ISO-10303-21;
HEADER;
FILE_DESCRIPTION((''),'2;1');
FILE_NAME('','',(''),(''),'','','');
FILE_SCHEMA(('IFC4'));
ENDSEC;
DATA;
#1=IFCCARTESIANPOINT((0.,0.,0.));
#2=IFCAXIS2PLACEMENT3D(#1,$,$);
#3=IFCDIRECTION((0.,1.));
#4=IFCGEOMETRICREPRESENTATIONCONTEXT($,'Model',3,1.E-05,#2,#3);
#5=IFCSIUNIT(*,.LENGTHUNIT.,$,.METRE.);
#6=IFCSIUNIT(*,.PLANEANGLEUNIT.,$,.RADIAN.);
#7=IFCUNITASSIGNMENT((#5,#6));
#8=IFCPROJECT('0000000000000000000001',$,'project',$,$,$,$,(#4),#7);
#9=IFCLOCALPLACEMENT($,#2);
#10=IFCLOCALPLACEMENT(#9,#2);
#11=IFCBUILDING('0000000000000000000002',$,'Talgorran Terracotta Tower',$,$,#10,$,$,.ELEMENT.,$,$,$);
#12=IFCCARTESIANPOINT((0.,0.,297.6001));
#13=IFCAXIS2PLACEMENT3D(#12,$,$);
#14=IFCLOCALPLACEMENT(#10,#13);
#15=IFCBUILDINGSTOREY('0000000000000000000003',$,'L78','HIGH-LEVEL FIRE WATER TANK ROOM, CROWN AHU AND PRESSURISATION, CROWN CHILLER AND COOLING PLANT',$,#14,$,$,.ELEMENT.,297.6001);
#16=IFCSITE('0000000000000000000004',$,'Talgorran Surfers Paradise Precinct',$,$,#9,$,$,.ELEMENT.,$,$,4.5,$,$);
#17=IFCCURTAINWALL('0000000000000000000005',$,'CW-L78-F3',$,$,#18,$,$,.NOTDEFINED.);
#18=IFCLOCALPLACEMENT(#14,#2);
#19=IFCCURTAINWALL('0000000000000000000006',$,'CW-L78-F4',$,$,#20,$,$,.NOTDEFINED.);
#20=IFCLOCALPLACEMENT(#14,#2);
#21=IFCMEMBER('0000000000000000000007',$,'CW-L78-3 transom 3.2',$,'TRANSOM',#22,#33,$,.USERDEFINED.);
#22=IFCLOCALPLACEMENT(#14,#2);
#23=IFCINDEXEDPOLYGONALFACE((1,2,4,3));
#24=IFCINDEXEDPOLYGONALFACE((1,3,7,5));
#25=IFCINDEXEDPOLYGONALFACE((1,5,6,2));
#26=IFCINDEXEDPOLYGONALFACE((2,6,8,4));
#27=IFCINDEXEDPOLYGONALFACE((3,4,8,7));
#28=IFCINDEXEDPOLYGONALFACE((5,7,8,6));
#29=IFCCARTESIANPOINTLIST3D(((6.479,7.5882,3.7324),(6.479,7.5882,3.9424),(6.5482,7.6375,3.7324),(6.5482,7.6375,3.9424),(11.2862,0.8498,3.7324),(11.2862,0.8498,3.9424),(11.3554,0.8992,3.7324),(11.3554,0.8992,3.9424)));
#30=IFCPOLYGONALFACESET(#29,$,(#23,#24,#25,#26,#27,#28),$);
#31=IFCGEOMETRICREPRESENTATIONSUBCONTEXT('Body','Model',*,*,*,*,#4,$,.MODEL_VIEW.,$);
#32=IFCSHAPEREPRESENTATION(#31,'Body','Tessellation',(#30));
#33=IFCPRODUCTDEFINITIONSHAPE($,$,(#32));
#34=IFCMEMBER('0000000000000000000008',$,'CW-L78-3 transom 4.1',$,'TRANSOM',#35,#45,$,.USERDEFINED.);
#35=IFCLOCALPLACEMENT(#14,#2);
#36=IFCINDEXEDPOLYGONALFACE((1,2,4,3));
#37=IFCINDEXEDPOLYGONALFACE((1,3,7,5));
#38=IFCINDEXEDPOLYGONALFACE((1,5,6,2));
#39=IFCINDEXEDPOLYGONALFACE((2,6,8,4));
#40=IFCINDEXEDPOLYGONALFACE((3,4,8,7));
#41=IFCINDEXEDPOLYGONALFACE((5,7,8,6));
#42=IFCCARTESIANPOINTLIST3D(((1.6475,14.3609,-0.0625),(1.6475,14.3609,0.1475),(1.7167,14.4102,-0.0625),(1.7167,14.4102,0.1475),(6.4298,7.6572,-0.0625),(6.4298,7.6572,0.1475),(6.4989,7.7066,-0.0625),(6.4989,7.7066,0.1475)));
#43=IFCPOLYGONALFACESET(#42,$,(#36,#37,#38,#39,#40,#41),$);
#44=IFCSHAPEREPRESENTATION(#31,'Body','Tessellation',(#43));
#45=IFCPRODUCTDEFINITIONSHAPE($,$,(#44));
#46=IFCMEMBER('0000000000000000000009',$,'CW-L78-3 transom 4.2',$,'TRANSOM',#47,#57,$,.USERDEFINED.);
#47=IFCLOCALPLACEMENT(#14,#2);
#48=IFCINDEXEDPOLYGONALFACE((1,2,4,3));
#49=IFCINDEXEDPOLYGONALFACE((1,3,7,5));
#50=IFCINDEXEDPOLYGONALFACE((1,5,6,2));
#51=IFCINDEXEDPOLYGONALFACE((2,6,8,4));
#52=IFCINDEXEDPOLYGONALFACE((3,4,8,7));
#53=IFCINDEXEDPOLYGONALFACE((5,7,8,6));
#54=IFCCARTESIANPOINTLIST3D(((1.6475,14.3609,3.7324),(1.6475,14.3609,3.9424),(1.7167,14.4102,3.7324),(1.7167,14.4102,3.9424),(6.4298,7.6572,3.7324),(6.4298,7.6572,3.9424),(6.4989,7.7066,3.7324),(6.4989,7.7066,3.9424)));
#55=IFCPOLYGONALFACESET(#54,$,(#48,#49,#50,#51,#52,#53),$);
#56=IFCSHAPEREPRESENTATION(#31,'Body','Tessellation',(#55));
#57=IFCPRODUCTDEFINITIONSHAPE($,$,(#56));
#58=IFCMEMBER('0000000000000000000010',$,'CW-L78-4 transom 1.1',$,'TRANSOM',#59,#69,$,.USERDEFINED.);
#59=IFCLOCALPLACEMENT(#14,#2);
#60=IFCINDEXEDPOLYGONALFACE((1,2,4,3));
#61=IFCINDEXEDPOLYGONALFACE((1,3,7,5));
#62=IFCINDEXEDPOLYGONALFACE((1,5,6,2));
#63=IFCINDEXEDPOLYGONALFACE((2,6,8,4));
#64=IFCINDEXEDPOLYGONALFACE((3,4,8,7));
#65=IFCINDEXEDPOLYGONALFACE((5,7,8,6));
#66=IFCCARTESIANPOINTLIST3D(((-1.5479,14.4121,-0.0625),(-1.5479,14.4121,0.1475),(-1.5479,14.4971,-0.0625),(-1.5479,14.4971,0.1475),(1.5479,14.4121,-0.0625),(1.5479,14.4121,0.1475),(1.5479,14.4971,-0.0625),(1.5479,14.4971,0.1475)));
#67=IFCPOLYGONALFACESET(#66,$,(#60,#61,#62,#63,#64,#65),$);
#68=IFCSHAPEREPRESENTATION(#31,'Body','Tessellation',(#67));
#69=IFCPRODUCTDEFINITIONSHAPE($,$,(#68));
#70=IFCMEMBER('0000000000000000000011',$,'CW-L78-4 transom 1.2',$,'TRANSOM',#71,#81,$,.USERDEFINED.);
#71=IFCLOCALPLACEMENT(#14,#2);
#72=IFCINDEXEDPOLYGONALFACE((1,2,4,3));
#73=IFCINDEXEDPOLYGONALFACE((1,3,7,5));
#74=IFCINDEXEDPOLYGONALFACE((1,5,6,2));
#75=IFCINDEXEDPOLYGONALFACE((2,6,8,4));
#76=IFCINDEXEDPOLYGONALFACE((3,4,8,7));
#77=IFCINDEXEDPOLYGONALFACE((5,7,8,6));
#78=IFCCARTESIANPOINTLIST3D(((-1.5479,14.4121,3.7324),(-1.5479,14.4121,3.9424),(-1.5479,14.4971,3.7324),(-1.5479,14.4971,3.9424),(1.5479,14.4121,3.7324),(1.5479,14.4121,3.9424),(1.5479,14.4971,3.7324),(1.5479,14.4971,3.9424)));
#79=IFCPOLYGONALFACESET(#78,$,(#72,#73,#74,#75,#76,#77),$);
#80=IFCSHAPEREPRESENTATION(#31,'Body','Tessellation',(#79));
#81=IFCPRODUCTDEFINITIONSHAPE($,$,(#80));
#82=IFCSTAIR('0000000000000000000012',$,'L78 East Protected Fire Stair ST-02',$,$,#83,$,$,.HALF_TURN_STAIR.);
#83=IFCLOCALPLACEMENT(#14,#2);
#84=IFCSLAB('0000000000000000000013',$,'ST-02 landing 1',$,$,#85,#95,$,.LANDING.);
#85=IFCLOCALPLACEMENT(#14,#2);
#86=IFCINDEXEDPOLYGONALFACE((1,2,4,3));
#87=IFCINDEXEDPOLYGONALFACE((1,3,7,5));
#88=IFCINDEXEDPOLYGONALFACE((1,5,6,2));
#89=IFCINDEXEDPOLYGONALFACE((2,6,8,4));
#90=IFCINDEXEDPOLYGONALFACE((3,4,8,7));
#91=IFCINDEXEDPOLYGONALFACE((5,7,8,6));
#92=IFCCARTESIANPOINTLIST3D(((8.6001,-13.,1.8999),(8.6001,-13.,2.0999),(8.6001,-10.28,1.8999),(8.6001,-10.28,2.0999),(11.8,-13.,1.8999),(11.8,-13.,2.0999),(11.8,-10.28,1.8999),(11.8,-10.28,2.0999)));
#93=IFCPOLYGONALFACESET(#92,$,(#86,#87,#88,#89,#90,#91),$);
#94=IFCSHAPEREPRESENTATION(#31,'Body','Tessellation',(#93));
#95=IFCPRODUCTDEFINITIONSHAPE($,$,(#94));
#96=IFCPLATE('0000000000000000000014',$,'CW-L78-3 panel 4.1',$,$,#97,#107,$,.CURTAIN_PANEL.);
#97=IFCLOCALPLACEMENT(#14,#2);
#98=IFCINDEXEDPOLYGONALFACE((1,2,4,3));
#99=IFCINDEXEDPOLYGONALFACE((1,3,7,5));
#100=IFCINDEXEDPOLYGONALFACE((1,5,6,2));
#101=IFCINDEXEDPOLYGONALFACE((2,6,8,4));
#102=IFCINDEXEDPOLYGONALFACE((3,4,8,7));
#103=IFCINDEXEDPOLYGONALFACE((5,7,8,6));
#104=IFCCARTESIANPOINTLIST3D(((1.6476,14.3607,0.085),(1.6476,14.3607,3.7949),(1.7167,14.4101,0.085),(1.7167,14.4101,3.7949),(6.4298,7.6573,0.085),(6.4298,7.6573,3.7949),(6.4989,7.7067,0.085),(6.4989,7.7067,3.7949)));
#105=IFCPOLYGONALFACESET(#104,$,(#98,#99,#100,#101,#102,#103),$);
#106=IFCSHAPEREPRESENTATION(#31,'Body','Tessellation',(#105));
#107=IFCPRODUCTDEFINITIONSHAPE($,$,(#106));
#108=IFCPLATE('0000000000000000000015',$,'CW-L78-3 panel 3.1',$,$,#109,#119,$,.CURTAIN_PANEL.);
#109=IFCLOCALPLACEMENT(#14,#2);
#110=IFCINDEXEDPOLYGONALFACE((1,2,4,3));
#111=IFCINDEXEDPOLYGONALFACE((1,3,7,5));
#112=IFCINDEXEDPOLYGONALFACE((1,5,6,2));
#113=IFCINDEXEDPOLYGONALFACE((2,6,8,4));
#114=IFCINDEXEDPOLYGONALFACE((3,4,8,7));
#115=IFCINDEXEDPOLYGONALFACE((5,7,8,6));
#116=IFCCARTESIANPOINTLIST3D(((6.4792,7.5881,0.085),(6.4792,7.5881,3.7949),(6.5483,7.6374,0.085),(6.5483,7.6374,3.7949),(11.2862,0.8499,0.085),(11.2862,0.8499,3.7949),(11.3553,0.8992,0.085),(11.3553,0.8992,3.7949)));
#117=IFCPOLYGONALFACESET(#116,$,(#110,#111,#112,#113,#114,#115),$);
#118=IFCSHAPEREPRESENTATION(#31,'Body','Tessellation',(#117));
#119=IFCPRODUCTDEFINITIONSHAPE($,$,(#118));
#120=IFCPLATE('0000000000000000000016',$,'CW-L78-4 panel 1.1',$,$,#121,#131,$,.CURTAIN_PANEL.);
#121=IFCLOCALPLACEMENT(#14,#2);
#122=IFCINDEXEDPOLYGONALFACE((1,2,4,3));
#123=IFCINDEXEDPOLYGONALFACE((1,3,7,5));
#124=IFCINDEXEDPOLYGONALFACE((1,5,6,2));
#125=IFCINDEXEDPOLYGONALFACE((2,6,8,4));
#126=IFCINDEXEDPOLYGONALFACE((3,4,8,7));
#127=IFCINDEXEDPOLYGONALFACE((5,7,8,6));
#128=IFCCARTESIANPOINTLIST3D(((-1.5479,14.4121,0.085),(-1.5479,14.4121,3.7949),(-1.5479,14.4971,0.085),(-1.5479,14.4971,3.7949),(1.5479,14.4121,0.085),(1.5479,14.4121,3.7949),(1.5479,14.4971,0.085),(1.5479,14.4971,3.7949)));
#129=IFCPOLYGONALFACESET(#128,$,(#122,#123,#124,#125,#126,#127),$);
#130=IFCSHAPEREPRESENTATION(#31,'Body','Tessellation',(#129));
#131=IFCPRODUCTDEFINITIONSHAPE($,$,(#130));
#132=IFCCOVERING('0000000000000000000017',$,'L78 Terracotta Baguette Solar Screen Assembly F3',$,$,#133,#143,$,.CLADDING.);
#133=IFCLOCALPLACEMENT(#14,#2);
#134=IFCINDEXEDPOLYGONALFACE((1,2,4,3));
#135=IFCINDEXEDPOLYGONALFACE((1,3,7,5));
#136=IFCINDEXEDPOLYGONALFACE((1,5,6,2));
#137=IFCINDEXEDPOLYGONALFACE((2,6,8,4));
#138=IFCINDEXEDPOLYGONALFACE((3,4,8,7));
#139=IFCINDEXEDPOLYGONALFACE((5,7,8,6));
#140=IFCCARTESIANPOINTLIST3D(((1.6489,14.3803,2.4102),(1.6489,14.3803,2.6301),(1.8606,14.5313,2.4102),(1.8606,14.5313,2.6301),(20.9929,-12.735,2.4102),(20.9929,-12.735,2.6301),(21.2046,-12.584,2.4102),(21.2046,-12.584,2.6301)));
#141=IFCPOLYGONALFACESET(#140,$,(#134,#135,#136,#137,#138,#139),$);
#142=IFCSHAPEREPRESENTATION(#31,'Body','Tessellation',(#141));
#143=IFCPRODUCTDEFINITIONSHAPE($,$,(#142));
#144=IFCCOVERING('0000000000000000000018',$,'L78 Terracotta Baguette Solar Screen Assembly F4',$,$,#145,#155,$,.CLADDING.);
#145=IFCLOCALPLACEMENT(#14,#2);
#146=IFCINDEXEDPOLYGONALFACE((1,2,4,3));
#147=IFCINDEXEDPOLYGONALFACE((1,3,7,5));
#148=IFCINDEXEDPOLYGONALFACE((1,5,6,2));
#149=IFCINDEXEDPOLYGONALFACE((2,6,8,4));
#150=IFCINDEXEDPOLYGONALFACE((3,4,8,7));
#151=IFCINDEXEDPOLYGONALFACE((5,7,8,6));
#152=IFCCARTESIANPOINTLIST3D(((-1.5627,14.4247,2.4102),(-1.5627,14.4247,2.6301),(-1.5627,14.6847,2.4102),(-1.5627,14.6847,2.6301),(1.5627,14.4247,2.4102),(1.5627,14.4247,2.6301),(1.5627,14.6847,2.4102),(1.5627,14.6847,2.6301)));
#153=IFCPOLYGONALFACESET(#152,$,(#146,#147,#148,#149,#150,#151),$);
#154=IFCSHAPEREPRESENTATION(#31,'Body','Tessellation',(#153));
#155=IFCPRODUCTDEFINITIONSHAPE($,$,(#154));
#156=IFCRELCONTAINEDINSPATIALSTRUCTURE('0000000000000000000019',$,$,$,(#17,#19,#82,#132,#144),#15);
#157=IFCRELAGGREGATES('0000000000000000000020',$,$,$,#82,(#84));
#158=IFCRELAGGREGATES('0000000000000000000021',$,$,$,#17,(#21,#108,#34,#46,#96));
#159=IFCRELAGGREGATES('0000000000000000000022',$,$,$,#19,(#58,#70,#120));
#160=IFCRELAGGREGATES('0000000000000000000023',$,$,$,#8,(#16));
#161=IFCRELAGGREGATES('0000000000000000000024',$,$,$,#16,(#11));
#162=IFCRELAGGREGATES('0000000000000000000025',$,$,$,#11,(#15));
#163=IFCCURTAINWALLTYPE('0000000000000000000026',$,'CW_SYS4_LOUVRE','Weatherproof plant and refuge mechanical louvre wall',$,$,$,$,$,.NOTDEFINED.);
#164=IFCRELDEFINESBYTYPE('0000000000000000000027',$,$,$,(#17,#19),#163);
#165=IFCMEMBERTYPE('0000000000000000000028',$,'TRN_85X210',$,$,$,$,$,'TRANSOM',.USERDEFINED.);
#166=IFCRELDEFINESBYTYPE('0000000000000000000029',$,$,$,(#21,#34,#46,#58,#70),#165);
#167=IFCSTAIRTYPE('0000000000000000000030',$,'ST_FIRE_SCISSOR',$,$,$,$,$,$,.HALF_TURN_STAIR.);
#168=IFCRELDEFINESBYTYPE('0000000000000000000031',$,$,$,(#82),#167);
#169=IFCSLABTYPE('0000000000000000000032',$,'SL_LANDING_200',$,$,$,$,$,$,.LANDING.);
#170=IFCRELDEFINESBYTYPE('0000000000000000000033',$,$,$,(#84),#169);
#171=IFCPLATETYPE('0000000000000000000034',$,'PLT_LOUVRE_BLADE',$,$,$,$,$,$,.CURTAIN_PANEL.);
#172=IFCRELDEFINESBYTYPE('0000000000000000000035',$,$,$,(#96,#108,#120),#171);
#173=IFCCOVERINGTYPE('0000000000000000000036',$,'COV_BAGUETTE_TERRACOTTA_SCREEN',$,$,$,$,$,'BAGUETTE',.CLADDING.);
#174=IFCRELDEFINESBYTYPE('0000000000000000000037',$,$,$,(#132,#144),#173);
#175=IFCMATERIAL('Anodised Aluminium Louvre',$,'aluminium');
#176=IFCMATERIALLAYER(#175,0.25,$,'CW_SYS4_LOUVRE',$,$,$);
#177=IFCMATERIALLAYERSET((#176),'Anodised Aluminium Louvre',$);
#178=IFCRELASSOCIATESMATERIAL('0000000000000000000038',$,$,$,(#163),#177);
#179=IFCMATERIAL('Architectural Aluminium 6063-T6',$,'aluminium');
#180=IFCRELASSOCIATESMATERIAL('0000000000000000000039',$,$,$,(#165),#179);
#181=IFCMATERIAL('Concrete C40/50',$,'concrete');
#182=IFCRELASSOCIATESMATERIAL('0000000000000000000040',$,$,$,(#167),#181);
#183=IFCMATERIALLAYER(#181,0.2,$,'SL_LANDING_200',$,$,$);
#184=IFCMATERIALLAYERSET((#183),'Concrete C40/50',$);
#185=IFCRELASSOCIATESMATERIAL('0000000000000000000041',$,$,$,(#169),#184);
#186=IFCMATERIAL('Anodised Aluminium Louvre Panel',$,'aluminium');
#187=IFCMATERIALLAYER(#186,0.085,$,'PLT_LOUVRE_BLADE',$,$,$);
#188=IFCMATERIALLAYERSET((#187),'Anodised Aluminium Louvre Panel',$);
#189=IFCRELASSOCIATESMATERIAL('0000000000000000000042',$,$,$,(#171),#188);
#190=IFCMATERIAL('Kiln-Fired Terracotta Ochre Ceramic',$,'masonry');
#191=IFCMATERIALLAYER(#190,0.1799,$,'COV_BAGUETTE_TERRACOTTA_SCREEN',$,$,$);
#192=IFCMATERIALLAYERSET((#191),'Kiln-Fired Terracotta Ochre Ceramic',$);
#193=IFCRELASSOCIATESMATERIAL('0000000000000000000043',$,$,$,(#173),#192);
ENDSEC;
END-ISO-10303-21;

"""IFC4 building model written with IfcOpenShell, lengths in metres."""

from ifc_helpers import new_model, si_unit, direction, frame, origin, origin_2d, place, context, subcontext, project, spatial, polyline, rectangle, outline, extrude, source, transform, mapped, material, layer, layer_set, material_profile, profile_set, type_object, type_shapes, element, aggregate, save


model = new_model("IFC4")

# Units and contexts
model_context = context("Model", 3, precision=1e-05, world=origin(), true_north=direction((0.0, 1.0)))
body_context = subcontext(model_context, "Body", "Model", "MODEL_VIEW")
ifc_project = project(units=[si_unit("LENGTHUNIT", "METRE"), si_unit("PLANEANGLEUNIT", "RADIAN")], contexts=[model_context])

# Site, building, storey
site_placement = place(None, origin())
site = spatial("IfcSite", under=ifc_project, at=site_placement, Name="Talgorran Surfers Paradise Precinct", CompositionType="ELEMENT", RefElevation=4.5)
building_placement = place(site_placement, origin())
building = spatial("IfcBuilding", under=site, at=building_placement, Name="Talgorran Terracotta Tower", CompositionType="ELEMENT")
storey_placement = place(building_placement, frame((0.0, 0.0, 297.6001)))
storey = spatial("IfcBuildingStorey", under=building, at=storey_placement, Name="L78", Description="HIGH-LEVEL FIRE WATER TANK ROOM, CROWN AHU AND PRESSURISATION, CROWN CHILLER AND COOLING PLANT", CompositionType="ELEMENT", Elevation=297.6001)

# Curtain wall
ifc_material_1 = material(Name="Anodised Aluminium Louvre", Category="aluminium")
ifc_layer_1 = layer(ifc_material_1, 0.25, Name="CW_SYS4_LOUVRE")
ifc_layer_set_1 = layer_set([ifc_layer_1], Name="Anodised Aluminium Louvre")
curtain_wall_type = type_object("IfcCurtainWallType", Name="CW_SYS4_LOUVRE", Description="Weatherproof plant and refuge mechanical louvre wall", PredefinedType="NOTDEFINED", material=ifc_layer_set_1)
curtain_wall_1_placement = place(storey_placement, origin())
curtain_wall_1 = element("IfcCurtainWall", 1, at=curtain_wall_1_placement, inside=storey, type_object=curtain_wall_type, Name="CW-L78-F3", PredefinedType="NOTDEFINED")
ifc_material_2 = material(Name="Architectural Aluminium 6063-T6", Category="aluminium")

# Curtain wall
curtain_wall_2_placement = place(storey_placement, origin())
curtain_wall_2 = element("IfcCurtainWall", 2, at=curtain_wall_2_placement, inside=storey, type_object=curtain_wall_type, Name="CW-L78-F4", PredefinedType="NOTDEFINED")

# Members
ifc_material_profile_1 = material_profile(ifc_material_2, rectangle(XDim=0.085, YDim=0.21, at=origin_2d()), Name="CWT85X210")
ifc_profile_set_1 = profile_set([ifc_material_profile_1], Name="Architectural Aluminium 6063-T6")
member_type_1 = type_object("IfcMemberType", Name="TRN_85X210", ElementType="TRANSOM", PredefinedType="USERDEFINED", material=ifc_profile_set_1)
member_1_placement = place(storey_placement, frame((11.3208, 0.8745, 3.8374), z_axis=(-0.580764, 0.814072, 0.0), x_axis=(-0.814072, -0.580764, 0.0)))
member_1 = element("IfcMember", 3, at=member_1_placement, type_object=member_type_1, Name="CW-L78-3 transom 3.2", ObjectType="TRANSOM", PredefinedType="USERDEFINED", context=body_context, shape_type="SweptSolid", body=[
    extrude(rectangle(XDim=0.085, YDim=0.21, at=origin_2d()), origin(), (0.0, 0.0, 1.0), 8.2773),
])
member_2_placement = place(storey_placement, frame((6.4644, 7.6819, 0.0425), z_axis=(-0.58075, 0.814082, 0.0), x_axis=(-0.814082, -0.58075, 0.0)))
member_2 = element("IfcMember", 4, at=member_2_placement, type_object=member_type_1, Name="CW-L78-3 transom 4.1", ObjectType="TRANSOM", PredefinedType="USERDEFINED", context=body_context, shape_type="SweptSolid", body=[
    extrude(rectangle(XDim=0.085, YDim=0.21, at=origin_2d()), origin(), (0.0, 0.0, 1.0), 8.2346),
])
member_3_placement = place(storey_placement, frame((6.4644, 7.6819, 3.8374), z_axis=(-0.58075, 0.814082, 0.0), x_axis=(-0.814082, -0.58075, 0.0)))
member_3 = element("IfcMember", 5, at=member_3_placement, type_object=member_type_1, Name="CW-L78-3 transom 4.2", ObjectType="TRANSOM", PredefinedType="USERDEFINED", context=body_context, shape_type="SweptSolid", body=[
    extrude(rectangle(XDim=0.085, YDim=0.21, at=origin_2d()), origin(), (0.0, 0.0, 1.0), 8.2346),
])
member_4_placement = place(storey_placement, frame((1.5479, 14.4546, 0.0425), z_axis=(-1.0, 0.0, 0.0), x_axis=(0.0, -1.0, 0.0)))
member_4 = element("IfcMember", 6, at=member_4_placement, type_object=member_type_1, Name="CW-L78-4 transom 1.1", ObjectType="TRANSOM", PredefinedType="USERDEFINED", context=body_context, shape_type="SweptSolid", body=[
    extrude(rectangle(XDim=0.085, YDim=0.21, at=origin_2d()), origin(), (0.0, 0.0, 1.0), 3.0957),
])
member_5_placement = place(storey_placement, frame((1.5479, 14.4546, 3.8374), z_axis=(-1.0, 0.0, 0.0), x_axis=(0.0, -1.0, 0.0)))
member_5 = element("IfcMember", 7, at=member_5_placement, type_object=member_type_1, Name="CW-L78-4 transom 1.2", ObjectType="TRANSOM", PredefinedType="USERDEFINED", context=body_context, shape_type="SweptSolid", body=[
    extrude(rectangle(XDim=0.085, YDim=0.21, at=origin_2d()), origin(), (0.0, 0.0, 1.0), 3.0957),
])

# Stair, slab
ifc_material_3 = material(Name="Concrete C40/50", Category="concrete")
stair_type = type_object("IfcStairType", Name="ST_FIRE_SCISSOR", PredefinedType="HALF_TURN_STAIR", material=ifc_material_3)
stair_placement = place(storey_placement, origin())
stair = element("IfcStair", 8, at=stair_placement, inside=storey, type_object=stair_type, Name="L78 East Protected Fire Stair ST-02", PredefinedType="HALF_TURN_STAIR")
ifc_layer_2 = layer(ifc_material_3, 0.2, Name="SL_LANDING_200")
ifc_layer_set_2 = layer_set([ifc_layer_2], Name="Concrete C40/50")
slab_type = type_object("IfcSlabType", Name="SL_LANDING_200", PredefinedType="LANDING", material=ifc_layer_set_2)
slab_placement = place(storey_placement, frame((0.0, 0.0, 1.8999)))
slab = element("IfcSlab", 9, at=slab_placement, type_object=slab_type, Name="ST-02 landing 1", PredefinedType="LANDING", context=body_context, shape_type="SweptSolid", body=[
    extrude(outline(polyline([(8.6001, -10.28), (8.6001, -13.0), (11.8, -13.0), (11.8, -10.28), (8.6001, -10.28)])), origin(), (0.0, 0.0, 1.0), 0.2),
])
aggregate(stair, [slab])

# Plates
ifc_material_4 = material(Name="Anodised Aluminium Louvre Panel", Category="aluminium")
ifc_layer_3 = layer(ifc_material_4, 0.085, Name="PLT_LOUVRE_BLADE")
ifc_layer_set_3 = layer_set([ifc_layer_3], Name="Anodised Aluminium Louvre Panel")
plate_type = type_object("IfcPlateType", Name="PLT_LOUVRE_BLADE", PredefinedType="CURTAIN_PANEL", material=ifc_layer_set_3)
shared_shape_1 = source(origin(), body_context, "Body", "SweptSolid", [
    extrude(rectangle(XDim=8.2344, YDim=0.085, at=origin_2d()), origin(), (0.0, 0.0, 1.0), 3.71),
])
plate_1_placement = place(storey_placement, frame((4.0732, 11.0337, 0.085), z_axis=(0.0, 0.0, 1.0), x_axis=(-0.580758, 0.814076, 0.0)))
plate_1 = element("IfcPlate", 10, at=plate_1_placement, type_object=plate_type, Name="CW-L78-3 panel 4.1", PredefinedType="CURTAIN_PANEL", context=body_context, shape_type="MappedRepresentation", body=[
    mapped(shared_shape_1, transform((0.0, 0.0, 0.0), scale=1.0)),
])
shared_shape_2 = source(origin(), body_context, "Body", "SweptSolid", [
    extrude(rectangle(XDim=8.2771, YDim=0.085, at=origin_2d()), origin(), (0.0, 0.0, 1.0), 3.71),
])
plate_2_placement = place(storey_placement, frame((8.9172, 4.2437, 0.085), z_axis=(0.0, 0.0, 1.0), x_axis=(-0.580758, 0.814076, 0.0)))
plate_2 = element("IfcPlate", 11, at=plate_2_placement, type_object=plate_type, Name="CW-L78-3 panel 3.1", PredefinedType="CURTAIN_PANEL", context=body_context, shape_type="MappedRepresentation", body=[
    mapped(shared_shape_2, transform((0.0, 0.0, 0.0), scale=1.0)),
])
aggregate(curtain_wall_1, [member_1, plate_2, member_2, member_3, plate_1])
shared_shape_3 = source(origin(), body_context, "Body", "SweptSolid", [
    extrude(rectangle(XDim=3.0957, YDim=0.085, at=origin_2d()), origin(), (0.0, 0.0, 1.0), 3.71),
])
type_shapes(plate_type, [shared_shape_1, shared_shape_2, shared_shape_3])
plate_3_placement = place(storey_placement, frame((0.0, 14.4546, 0.085), z_axis=(0.0, 0.0, 1.0), x_axis=(-1.0, 0.0, 0.0)))
plate_3 = element("IfcPlate", 12, at=plate_3_placement, type_object=plate_type, Name="CW-L78-4 panel 1.1", PredefinedType="CURTAIN_PANEL", context=body_context, shape_type="MappedRepresentation", body=[
    mapped(shared_shape_3, transform((0.0, 0.0, 0.0), scale=1.0)),
])
aggregate(curtain_wall_2, [member_4, member_5, plate_3])

# Coverings
ifc_material_5 = material(Name="Kiln-Fired Terracotta Ochre Ceramic", Category="masonry")
ifc_layer_4 = layer(ifc_material_5, 0.1799, Name="COV_BAGUETTE_TERRACOTTA_SCREEN")
ifc_layer_set_4 = layer_set([ifc_layer_4], Name="Kiln-Fired Terracotta Ochre Ceramic")
covering_type_1 = type_object("IfcCoveringType", Name="COV_BAGUETTE_TERRACOTTA_SCREEN", ElementType="BAGUETTE", PredefinedType="CLADDING", material=ifc_layer_set_4)
covering_1_placement = place(storey_placement, frame((11.4268, 0.8982, 2.4102), z_axis=(0.0, 0.0, 1.0), x_axis=(-0.58076, 0.814075, 0.0)))
element("IfcCovering", 13, at=covering_1_placement, inside=storey, type_object=covering_type_1, Name="L78 Terracotta Baguette Solar Screen Assembly F3", PredefinedType="CLADDING", context=body_context, shape_type="SweptSolid", body=[
    extrude(rectangle(XDim=33.3081, YDim=0.26, at=origin_2d()), origin(), (0.0, 0.0, 1.0), 0.22),
])
covering_2_placement = place(storey_placement, frame((0.0, 14.5547, 2.4102), z_axis=(0.0, 0.0, 1.0), x_axis=(-1.0, 0.0, 0.0)))
element("IfcCovering", 14, at=covering_2_placement, inside=storey, type_object=covering_type_1, Name="L78 Terracotta Baguette Solar Screen Assembly F4", PredefinedType="CLADDING", context=body_context, shape_type="SweptSolid", body=[
    extrude(rectangle(XDim=3.1255, YDim=0.26, at=origin_2d()), origin(), (0.0, 0.0, 1.0), 0.22),
])

save(model, "model.ifc")
